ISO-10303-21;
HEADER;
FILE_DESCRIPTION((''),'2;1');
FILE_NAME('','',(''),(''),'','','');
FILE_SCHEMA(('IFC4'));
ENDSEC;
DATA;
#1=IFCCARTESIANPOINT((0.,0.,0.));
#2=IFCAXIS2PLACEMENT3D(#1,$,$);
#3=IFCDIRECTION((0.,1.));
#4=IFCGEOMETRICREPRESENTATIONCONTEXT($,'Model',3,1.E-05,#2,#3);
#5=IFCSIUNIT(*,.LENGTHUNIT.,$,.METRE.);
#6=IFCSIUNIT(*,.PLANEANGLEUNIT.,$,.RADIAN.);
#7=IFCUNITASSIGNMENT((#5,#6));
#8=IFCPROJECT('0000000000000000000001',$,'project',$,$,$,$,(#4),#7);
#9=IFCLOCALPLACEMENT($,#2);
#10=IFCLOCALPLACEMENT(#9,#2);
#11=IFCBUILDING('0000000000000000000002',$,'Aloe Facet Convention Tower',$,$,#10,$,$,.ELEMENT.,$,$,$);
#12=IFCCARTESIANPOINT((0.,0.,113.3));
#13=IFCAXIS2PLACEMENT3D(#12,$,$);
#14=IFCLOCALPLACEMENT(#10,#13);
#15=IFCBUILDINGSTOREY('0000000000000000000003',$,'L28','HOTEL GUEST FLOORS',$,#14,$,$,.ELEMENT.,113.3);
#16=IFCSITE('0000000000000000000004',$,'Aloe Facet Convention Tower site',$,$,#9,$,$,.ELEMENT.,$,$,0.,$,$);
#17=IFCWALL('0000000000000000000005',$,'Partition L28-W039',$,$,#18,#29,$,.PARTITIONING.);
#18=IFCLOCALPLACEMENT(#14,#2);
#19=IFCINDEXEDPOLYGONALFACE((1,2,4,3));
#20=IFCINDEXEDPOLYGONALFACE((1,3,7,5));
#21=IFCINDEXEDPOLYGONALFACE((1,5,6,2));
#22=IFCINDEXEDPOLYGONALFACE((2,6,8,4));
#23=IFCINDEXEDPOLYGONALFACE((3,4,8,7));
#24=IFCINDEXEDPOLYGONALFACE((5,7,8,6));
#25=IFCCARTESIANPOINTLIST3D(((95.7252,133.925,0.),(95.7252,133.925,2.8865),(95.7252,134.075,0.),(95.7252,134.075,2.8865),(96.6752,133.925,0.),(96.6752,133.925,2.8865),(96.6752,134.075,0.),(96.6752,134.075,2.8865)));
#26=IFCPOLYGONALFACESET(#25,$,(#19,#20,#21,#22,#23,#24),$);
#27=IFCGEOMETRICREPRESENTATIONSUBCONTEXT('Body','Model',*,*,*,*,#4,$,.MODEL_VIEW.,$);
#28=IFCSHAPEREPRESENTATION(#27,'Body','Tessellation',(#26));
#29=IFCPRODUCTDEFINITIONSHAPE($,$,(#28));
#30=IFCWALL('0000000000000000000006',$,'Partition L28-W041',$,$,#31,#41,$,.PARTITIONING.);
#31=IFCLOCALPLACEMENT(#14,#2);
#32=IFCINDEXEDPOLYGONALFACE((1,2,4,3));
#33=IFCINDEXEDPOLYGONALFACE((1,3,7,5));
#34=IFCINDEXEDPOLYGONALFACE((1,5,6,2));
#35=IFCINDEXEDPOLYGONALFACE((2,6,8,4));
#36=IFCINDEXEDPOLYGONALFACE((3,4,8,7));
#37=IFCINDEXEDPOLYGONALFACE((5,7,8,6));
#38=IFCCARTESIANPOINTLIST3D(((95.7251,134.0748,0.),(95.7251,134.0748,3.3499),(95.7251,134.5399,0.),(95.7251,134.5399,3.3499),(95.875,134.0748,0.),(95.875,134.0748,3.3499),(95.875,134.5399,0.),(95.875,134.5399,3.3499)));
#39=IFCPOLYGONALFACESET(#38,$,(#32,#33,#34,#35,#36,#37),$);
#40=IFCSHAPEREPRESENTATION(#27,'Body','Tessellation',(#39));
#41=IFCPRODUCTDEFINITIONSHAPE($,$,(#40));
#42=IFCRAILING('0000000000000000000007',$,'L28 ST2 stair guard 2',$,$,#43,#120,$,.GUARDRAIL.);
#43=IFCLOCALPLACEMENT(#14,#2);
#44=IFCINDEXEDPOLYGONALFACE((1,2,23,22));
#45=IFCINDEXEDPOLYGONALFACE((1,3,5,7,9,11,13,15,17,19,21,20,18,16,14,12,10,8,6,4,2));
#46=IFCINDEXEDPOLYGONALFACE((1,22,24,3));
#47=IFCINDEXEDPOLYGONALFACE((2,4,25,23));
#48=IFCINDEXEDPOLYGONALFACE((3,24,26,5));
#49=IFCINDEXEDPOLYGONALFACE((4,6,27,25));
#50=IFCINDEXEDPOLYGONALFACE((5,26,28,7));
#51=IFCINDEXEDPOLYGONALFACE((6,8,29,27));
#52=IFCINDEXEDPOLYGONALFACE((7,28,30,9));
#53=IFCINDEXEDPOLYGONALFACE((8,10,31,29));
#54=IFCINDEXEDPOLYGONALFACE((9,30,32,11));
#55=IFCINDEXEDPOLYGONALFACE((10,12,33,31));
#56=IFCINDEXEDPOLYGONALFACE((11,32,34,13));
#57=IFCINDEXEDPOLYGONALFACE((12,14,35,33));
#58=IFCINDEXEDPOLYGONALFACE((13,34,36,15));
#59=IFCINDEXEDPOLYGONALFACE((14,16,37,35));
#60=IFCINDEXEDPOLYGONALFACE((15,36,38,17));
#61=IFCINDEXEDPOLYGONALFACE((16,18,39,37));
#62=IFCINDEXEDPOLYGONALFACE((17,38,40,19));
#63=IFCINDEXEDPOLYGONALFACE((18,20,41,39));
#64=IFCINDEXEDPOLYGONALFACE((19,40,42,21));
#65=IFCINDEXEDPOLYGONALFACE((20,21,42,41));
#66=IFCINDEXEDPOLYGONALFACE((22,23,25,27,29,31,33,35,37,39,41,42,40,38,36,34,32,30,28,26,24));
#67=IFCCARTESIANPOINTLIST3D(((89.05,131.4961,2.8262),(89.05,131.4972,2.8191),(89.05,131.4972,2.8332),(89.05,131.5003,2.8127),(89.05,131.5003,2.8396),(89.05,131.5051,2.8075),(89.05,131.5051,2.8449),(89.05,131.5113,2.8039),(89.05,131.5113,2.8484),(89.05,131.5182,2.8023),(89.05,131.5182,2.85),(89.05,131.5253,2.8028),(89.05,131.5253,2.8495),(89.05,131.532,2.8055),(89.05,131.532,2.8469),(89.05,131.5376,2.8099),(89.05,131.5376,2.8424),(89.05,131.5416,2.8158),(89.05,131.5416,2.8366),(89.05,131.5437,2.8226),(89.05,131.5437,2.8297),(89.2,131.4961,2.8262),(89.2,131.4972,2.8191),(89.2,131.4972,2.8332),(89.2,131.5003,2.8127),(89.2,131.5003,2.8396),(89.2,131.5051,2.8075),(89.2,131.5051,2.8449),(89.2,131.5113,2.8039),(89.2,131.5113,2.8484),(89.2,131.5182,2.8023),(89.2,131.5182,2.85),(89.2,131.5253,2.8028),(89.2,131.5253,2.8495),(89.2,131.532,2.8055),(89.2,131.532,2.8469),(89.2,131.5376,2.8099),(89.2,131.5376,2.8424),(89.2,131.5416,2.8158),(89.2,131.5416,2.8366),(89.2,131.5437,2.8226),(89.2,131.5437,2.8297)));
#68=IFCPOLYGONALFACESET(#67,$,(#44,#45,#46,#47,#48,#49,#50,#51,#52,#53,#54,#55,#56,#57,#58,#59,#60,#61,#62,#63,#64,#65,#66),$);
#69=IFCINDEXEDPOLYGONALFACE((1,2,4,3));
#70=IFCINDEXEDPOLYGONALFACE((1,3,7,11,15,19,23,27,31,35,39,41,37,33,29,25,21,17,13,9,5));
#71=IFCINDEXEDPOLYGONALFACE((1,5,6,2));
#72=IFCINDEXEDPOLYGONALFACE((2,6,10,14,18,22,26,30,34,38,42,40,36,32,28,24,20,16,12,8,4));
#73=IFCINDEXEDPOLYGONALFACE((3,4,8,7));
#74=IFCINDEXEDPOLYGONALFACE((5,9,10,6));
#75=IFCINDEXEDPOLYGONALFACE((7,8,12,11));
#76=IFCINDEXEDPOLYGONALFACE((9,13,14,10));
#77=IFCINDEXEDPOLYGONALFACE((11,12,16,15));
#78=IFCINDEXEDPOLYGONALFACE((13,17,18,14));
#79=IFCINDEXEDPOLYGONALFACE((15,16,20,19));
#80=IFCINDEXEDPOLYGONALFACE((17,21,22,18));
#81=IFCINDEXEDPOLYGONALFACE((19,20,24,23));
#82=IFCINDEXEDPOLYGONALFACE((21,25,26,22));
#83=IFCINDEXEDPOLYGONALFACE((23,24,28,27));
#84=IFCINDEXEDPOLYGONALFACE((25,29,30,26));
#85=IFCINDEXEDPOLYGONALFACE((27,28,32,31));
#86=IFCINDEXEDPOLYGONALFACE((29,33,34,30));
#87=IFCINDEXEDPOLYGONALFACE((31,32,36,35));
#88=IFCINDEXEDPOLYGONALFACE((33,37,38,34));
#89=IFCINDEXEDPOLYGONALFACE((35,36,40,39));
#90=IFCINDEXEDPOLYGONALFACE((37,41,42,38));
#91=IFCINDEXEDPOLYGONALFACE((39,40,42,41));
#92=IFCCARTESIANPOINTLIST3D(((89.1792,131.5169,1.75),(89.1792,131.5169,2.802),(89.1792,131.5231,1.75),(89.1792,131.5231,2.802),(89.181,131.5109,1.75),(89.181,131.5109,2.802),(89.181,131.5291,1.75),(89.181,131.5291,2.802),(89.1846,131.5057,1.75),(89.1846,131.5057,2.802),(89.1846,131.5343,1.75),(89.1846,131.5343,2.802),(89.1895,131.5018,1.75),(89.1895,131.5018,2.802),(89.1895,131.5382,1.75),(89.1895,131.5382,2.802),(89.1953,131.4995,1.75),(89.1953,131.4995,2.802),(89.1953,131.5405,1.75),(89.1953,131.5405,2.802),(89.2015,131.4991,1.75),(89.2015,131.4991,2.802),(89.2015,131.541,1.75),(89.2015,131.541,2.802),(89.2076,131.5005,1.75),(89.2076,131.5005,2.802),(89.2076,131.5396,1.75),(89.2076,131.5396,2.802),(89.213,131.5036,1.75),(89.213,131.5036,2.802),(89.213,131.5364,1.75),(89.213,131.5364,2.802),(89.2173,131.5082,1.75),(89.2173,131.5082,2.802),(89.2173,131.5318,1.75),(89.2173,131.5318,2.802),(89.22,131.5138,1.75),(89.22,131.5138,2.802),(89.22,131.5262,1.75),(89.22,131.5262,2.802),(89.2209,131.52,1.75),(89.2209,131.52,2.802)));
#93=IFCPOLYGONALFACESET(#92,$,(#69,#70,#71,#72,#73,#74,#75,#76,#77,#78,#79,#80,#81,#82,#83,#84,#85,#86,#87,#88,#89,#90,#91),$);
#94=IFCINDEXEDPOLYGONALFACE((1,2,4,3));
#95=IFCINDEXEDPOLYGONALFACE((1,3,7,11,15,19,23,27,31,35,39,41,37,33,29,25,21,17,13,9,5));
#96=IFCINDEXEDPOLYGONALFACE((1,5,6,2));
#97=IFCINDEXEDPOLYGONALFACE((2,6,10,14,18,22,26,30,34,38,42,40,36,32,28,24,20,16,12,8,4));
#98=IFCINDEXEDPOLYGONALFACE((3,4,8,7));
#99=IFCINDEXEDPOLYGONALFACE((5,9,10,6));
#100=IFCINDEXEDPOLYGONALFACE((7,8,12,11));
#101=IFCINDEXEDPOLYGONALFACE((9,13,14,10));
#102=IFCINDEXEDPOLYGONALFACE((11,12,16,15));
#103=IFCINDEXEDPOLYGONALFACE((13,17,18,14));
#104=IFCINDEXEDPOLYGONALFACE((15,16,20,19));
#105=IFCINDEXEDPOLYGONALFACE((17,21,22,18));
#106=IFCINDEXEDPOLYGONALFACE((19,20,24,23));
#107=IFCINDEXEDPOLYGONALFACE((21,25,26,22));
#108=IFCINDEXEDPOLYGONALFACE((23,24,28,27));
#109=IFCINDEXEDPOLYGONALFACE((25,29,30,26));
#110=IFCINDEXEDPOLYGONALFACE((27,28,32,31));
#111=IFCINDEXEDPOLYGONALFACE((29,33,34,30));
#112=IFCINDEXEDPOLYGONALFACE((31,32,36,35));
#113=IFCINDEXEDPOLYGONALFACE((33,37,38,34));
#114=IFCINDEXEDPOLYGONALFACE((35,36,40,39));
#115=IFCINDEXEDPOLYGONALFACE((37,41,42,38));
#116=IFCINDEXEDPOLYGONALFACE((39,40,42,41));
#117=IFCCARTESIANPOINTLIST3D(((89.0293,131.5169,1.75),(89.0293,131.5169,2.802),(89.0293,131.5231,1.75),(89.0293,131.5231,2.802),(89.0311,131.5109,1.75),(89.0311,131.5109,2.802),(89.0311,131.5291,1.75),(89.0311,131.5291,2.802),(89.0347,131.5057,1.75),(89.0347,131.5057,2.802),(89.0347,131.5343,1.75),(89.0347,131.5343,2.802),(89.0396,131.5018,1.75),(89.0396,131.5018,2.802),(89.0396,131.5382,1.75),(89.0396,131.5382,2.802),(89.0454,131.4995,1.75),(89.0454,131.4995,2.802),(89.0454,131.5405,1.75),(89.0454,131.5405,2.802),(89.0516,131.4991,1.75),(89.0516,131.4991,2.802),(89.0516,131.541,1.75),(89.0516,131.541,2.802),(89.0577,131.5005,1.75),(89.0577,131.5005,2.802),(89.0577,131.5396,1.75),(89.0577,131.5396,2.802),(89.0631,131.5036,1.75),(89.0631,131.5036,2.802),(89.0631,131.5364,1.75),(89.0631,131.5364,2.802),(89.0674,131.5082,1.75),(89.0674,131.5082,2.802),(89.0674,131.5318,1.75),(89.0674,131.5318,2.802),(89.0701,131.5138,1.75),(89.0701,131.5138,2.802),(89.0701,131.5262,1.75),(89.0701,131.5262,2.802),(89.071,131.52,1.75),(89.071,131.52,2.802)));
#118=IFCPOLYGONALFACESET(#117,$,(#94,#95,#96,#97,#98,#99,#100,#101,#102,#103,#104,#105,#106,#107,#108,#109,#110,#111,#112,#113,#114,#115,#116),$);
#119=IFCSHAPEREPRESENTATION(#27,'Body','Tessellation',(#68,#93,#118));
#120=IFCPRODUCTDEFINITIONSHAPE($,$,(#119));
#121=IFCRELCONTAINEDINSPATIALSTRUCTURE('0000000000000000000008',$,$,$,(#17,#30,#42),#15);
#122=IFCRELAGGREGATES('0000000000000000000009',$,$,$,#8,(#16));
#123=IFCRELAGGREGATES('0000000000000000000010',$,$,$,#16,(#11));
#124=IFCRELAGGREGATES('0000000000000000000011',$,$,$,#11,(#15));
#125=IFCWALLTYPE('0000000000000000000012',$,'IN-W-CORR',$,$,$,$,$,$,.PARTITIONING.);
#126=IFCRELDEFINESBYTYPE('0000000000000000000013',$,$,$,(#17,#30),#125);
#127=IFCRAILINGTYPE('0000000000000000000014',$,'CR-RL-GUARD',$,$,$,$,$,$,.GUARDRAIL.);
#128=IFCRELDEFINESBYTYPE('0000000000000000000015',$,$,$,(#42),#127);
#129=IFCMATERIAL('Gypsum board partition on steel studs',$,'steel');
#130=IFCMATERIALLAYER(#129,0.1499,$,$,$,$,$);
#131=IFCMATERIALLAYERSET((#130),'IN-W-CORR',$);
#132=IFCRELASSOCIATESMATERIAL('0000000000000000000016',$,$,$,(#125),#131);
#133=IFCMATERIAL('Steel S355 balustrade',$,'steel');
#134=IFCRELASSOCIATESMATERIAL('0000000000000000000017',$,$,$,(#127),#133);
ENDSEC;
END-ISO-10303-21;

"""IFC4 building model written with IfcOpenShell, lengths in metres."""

from ifc_helpers import new_model, si_unit, direction, frame, frame_2d, origin, origin_2d, place, context, subcontext, project, spatial, rectangle, circle, extrude, material, layer, layer_set, type_object, element, save


model = new_model("IFC4")

# Units and contexts
model_context = context("Model", 3, precision=1e-05, world=origin(), true_north=direction((0.0, 1.0)))
body_context = subcontext(model_context, "Body", "Model", "MODEL_VIEW")
ifc_project = project(units=[si_unit("LENGTHUNIT", "METRE"), si_unit("PLANEANGLEUNIT", "RADIAN")], contexts=[model_context])

# Site, building, storey
site_placement = place(None, origin())
site = spatial("IfcSite", under=ifc_project, at=site_placement, Name="Aloe Facet Convention Tower site", CompositionType="ELEMENT", RefElevation=0.0)
building_placement = place(site_placement, origin())
building = spatial("IfcBuilding", under=site, at=building_placement, Name="Aloe Facet Convention Tower", CompositionType="ELEMENT")
storey_placement = place(building_placement, frame((0.0, 0.0, 113.3)))
storey = spatial("IfcBuildingStorey", under=building, at=storey_placement, Name="L28", Description="HOTEL GUEST FLOORS", CompositionType="ELEMENT", Elevation=113.3)

# Walls
ifc_material_1 = material(Name="Gypsum board partition on steel studs", Category="steel")
ifc_layer_1 = layer(ifc_material_1, 0.1499)
ifc_layer_set_1 = layer_set([ifc_layer_1], Name="IN-W-CORR")
wall_type_1 = type_object("IfcWallType", Name="IN-W-CORR", PredefinedType="PARTITIONING", material=ifc_layer_set_1)
wall_1_placement = place(storey_placement, frame((95.7251, 134.0, 0.0), z_axis=(0.0, 0.0, 1.0), x_axis=(1.0, 0.0, 0.0)))
element("IfcWall", 1, at=wall_1_placement, inside=storey, type_object=wall_type_1, Name="Partition L28-W039", PredefinedType="PARTITIONING", context=body_context, shape_type="SweptSolid", body=[
    extrude(rectangle(XDim=0.95, YDim=0.1499, at=frame_2d((0.4751, 0.0))), origin(), (0.0, 0.0, 1.0), 2.8865),
])
wall_2_placement = place(storey_placement, frame((95.8, 134.075, 0.0), z_axis=(0.0, 0.0, 1.0), x_axis=(0.0, 1.0, 0.0)))
element("IfcWall", 2, at=wall_2_placement, inside=storey, type_object=wall_type_1, Name="Partition L28-W041", PredefinedType="PARTITIONING", context=body_context, shape_type="SweptSolid", body=[
    extrude(rectangle(XDim=0.4651, YDim=0.1499, at=frame_2d((0.2324, 0.0))), origin(), (0.0, 0.0, 1.0), 3.3499),
])

# Railing
ifc_material_2 = material(Name="Steel S355 balustrade", Category="steel")
railing_type_1 = type_object("IfcRailingType", Name="CR-RL-GUARD", PredefinedType="GUARDRAIL", material=ifc_material_2)
railing_1_placement = place(storey_placement, frame((89.2, 131.52, 1.75)))
element("IfcRailing", 3, at=railing_1_placement, inside=storey, type_object=railing_type_1, Name="L28 ST2 stair guard 2", PredefinedType="GUARDRAIL", context=body_context, shape_type="SweptSolid", body=[
    extrude(circle(Radius=0.0239, at=origin_2d()), frame((0.0, 0.0, 1.0762), z_axis=(-1.0, 0.0, 0.0), x_axis=(0.0, -1.0, 0.0)), (0.0, 0.0, 1.0), 0.1499),
    extrude(circle(Radius=0.021, at=origin_2d()), origin(), (0.0, 0.0, 1.0), 1.052),
    extrude(circle(Radius=0.021, at=origin_2d()), frame((-0.1499, 0.0, 0.0)), (0.0, 0.0, 1.0), 1.052),
])

save(model, "model.ifc")
